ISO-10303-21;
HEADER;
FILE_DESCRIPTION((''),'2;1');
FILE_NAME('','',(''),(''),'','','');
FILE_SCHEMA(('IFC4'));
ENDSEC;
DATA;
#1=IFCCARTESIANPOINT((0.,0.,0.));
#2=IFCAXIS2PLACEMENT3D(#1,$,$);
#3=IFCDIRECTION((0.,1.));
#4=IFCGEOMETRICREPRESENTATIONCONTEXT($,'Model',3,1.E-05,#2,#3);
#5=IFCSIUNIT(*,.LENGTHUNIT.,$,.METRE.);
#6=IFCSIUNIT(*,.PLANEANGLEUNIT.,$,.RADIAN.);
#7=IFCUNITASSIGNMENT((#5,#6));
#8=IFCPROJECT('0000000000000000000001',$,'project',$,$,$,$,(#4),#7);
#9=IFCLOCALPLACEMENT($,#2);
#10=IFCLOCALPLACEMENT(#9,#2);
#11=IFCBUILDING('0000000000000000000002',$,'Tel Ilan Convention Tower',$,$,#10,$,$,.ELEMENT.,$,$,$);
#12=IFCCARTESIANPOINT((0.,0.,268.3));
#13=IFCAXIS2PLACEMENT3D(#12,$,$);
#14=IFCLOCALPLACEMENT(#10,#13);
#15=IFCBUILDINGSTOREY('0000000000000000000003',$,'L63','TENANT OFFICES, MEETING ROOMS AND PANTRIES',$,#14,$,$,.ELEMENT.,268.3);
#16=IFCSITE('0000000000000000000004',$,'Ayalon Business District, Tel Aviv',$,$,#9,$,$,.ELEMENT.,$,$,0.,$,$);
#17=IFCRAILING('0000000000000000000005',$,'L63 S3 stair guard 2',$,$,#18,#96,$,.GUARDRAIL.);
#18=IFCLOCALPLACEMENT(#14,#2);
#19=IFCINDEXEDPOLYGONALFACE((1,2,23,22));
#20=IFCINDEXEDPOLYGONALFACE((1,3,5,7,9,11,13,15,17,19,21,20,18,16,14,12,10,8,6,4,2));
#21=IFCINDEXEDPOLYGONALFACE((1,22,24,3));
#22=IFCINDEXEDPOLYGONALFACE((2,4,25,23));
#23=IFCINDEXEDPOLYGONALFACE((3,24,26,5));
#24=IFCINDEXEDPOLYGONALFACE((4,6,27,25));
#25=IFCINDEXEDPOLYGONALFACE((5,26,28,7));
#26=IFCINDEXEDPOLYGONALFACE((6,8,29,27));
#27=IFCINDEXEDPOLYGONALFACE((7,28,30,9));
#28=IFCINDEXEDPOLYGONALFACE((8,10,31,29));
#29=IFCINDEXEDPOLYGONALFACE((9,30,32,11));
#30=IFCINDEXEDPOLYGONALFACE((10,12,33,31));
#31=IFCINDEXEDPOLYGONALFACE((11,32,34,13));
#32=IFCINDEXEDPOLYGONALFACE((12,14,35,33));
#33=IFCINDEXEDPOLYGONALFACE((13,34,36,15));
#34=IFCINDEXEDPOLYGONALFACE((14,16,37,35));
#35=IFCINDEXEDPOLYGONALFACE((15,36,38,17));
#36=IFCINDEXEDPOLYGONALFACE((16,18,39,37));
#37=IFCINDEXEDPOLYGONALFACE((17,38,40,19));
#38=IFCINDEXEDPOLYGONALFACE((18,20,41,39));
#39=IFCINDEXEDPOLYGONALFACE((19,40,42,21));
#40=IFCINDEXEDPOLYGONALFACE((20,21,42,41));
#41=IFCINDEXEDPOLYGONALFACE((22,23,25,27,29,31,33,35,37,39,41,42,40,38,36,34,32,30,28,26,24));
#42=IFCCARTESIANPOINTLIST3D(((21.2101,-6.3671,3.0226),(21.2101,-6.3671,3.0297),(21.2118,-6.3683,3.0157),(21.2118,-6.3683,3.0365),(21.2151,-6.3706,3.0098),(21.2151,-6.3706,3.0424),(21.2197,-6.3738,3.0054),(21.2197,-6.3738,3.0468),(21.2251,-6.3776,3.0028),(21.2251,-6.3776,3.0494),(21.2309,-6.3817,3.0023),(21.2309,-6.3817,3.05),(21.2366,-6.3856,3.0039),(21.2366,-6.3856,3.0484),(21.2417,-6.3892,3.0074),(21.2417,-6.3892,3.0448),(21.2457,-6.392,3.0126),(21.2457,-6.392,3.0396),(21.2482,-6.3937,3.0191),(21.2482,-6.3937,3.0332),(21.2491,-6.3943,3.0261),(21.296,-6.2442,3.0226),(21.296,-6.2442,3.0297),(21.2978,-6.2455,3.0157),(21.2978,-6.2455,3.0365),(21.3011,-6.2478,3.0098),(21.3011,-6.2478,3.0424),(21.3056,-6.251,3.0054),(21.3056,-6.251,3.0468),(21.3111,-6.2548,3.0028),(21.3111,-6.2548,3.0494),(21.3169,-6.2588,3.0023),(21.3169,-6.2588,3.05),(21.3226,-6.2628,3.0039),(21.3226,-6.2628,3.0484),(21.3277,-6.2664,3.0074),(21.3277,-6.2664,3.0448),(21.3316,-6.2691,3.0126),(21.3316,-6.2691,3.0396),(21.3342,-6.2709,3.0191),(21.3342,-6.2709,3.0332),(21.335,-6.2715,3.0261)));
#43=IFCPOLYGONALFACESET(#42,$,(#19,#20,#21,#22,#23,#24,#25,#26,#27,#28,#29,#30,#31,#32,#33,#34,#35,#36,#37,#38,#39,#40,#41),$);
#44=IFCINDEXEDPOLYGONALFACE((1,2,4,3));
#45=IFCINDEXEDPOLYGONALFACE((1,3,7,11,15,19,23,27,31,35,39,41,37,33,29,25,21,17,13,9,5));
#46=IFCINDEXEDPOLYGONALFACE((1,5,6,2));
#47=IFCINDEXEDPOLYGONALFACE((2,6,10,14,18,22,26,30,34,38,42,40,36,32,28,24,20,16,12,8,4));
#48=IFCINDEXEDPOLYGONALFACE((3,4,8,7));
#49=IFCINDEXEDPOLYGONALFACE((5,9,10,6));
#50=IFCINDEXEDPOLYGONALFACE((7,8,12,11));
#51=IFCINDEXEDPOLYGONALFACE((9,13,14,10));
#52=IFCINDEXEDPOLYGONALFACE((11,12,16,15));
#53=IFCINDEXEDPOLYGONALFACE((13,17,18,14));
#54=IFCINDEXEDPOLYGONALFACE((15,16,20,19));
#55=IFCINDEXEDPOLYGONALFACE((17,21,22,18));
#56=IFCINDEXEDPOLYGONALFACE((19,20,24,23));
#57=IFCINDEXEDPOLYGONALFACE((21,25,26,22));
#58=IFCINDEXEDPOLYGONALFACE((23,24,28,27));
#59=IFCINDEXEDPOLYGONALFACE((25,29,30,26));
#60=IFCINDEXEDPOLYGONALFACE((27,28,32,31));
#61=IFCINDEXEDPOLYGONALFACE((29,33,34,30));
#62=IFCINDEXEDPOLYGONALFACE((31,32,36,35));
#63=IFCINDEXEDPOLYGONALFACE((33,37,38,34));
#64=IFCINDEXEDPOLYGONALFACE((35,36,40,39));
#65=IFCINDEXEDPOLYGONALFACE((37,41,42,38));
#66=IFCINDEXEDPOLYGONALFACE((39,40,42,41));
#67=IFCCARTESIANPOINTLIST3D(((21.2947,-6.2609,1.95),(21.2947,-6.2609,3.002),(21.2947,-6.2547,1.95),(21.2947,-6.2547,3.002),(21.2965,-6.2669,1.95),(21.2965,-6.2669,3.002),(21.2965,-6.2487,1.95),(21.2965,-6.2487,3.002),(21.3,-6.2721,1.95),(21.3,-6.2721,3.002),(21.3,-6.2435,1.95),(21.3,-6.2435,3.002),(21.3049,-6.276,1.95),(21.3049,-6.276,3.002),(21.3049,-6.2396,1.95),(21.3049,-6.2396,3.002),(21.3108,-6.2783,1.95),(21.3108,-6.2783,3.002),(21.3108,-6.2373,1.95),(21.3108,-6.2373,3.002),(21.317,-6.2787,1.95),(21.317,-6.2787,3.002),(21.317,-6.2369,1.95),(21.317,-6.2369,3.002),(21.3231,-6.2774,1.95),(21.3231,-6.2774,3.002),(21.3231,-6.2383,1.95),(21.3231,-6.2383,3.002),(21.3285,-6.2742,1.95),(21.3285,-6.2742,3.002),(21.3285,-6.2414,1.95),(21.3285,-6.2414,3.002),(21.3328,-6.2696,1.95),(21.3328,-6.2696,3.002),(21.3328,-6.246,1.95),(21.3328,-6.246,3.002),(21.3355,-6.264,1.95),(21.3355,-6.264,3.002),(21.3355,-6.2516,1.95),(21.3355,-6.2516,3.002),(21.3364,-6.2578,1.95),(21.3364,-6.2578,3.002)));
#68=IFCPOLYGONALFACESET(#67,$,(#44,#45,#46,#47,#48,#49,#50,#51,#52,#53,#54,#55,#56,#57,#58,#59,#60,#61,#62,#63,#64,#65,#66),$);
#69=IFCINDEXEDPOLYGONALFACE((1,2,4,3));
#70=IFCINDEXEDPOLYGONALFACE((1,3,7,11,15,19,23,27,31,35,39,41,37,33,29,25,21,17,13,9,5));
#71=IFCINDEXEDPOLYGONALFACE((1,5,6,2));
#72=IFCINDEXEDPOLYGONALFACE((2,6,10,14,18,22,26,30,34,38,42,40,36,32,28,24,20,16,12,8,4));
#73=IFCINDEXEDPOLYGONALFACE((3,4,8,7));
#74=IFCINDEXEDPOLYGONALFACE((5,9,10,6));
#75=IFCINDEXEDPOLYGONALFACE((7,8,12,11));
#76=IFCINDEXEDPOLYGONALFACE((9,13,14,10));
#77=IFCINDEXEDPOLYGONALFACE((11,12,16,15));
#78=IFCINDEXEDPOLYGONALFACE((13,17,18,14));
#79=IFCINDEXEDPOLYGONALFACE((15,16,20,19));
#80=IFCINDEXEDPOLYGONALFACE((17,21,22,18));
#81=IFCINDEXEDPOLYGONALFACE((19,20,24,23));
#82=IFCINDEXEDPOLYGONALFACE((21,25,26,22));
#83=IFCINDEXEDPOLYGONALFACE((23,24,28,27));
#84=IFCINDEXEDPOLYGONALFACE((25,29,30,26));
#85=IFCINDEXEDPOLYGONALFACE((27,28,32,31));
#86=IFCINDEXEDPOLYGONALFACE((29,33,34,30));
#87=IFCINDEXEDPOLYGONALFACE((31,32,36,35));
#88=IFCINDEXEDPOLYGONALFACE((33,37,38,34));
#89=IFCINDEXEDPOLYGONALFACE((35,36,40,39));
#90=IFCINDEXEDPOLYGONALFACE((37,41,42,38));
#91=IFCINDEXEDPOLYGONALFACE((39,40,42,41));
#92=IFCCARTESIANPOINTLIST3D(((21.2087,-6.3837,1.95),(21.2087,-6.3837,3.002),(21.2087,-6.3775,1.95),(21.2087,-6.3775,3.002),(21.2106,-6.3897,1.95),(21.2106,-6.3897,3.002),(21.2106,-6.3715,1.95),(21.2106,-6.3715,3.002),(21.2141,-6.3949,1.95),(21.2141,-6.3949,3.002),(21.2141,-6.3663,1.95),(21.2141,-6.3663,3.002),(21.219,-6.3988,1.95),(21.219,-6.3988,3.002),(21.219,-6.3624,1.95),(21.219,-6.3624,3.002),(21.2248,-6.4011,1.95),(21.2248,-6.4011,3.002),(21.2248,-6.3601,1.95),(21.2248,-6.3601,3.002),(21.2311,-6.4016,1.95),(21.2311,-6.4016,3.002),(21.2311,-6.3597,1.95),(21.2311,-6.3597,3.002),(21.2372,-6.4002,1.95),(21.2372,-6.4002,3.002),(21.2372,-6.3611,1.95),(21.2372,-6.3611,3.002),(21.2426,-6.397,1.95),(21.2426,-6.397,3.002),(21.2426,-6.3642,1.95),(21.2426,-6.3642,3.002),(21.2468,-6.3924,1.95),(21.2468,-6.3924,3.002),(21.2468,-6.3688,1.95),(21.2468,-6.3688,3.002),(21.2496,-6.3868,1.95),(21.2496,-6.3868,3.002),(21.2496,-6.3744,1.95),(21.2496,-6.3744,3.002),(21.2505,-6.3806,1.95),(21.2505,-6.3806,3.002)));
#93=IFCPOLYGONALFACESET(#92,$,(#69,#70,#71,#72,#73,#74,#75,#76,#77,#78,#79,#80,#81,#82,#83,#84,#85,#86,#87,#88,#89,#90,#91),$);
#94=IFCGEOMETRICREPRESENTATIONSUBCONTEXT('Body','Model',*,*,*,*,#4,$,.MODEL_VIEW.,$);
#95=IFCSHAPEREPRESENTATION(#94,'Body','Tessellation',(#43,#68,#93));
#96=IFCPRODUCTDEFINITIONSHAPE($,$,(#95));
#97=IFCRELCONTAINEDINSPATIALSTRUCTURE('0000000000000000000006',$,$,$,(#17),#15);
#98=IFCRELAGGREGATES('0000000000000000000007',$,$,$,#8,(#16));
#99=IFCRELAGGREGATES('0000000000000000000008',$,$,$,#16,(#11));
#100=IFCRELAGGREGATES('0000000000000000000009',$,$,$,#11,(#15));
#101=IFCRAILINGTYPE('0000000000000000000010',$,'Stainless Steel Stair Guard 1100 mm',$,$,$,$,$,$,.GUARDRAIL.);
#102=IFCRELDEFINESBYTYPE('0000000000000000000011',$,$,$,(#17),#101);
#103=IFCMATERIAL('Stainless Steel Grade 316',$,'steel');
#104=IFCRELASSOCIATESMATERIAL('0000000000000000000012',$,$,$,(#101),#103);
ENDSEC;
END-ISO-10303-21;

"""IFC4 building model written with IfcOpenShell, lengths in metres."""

from ifc_helpers import new_model, si_unit, direction, frame, origin, origin_2d, place, context, subcontext, project, spatial, circle, extrude, material, type_object, element, save


model = new_model("IFC4")

# Units and contexts
model_context = context("Model", 3, precision=1e-05, world=origin(), true_north=direction((0.0, 1.0)))
body_context = subcontext(model_context, "Body", "Model", "MODEL_VIEW")
ifc_project = project(units=[si_unit("LENGTHUNIT", "METRE"), si_unit("PLANEANGLEUNIT", "RADIAN")], contexts=[model_context])

# Site, building, storey
site_placement = place(None, origin())
site = spatial("IfcSite", under=ifc_project, at=site_placement, Name="Ayalon Business District, Tel Aviv", CompositionType="ELEMENT", RefElevation=0.0)
building_placement = place(site_placement, origin())
building = spatial("IfcBuilding", under=site, at=building_placement, Name="Tel Ilan Convention Tower", CompositionType="ELEMENT")
storey_placement = place(building_placement, frame((0.0, 0.0, 268.3)))
storey = spatial("IfcBuildingStorey", under=building, at=storey_placement, Name="L63", Description="TENANT OFFICES, MEETING ROOMS AND PANTRIES", CompositionType="ELEMENT", Elevation=268.3)

# Railing
ifc_material_1 = material(Name="Stainless Steel Grade 316", Category="steel")
railing_type_1 = type_object("IfcRailingType", Name="Stainless Steel Stair Guard 1100 mm", PredefinedType="GUARDRAIL", material=ifc_material_1)
railing_1_placement = place(storey_placement, frame((21.3154, -6.2578, 1.95)))
element("IfcRailing", 1, at=railing_1_placement, inside=storey, type_object=railing_type_1, Name="L63 S3 stair guard 2", PredefinedType="GUARDRAIL", context=body_context, shape_type="SweptSolid", body=[
    extrude(circle(Radius=0.0239, at=origin_2d()), frame((0.0, 0.0, 1.0762), z_axis=(-0.573353, -0.819308, 0.0), x_axis=(0.819308, -0.573353, 0.0)), (0.0, 0.0, 1.0), 0.1499),
    extrude(circle(Radius=0.021, at=origin_2d()), origin(), (0.0, 0.0, 1.0), 1.052),
    extrude(circle(Radius=0.021, at=origin_2d()), frame((-0.0859, -0.1228, 0.0)), (0.0, 0.0, 1.0), 1.052),
])

save(model, "model.ifc")
